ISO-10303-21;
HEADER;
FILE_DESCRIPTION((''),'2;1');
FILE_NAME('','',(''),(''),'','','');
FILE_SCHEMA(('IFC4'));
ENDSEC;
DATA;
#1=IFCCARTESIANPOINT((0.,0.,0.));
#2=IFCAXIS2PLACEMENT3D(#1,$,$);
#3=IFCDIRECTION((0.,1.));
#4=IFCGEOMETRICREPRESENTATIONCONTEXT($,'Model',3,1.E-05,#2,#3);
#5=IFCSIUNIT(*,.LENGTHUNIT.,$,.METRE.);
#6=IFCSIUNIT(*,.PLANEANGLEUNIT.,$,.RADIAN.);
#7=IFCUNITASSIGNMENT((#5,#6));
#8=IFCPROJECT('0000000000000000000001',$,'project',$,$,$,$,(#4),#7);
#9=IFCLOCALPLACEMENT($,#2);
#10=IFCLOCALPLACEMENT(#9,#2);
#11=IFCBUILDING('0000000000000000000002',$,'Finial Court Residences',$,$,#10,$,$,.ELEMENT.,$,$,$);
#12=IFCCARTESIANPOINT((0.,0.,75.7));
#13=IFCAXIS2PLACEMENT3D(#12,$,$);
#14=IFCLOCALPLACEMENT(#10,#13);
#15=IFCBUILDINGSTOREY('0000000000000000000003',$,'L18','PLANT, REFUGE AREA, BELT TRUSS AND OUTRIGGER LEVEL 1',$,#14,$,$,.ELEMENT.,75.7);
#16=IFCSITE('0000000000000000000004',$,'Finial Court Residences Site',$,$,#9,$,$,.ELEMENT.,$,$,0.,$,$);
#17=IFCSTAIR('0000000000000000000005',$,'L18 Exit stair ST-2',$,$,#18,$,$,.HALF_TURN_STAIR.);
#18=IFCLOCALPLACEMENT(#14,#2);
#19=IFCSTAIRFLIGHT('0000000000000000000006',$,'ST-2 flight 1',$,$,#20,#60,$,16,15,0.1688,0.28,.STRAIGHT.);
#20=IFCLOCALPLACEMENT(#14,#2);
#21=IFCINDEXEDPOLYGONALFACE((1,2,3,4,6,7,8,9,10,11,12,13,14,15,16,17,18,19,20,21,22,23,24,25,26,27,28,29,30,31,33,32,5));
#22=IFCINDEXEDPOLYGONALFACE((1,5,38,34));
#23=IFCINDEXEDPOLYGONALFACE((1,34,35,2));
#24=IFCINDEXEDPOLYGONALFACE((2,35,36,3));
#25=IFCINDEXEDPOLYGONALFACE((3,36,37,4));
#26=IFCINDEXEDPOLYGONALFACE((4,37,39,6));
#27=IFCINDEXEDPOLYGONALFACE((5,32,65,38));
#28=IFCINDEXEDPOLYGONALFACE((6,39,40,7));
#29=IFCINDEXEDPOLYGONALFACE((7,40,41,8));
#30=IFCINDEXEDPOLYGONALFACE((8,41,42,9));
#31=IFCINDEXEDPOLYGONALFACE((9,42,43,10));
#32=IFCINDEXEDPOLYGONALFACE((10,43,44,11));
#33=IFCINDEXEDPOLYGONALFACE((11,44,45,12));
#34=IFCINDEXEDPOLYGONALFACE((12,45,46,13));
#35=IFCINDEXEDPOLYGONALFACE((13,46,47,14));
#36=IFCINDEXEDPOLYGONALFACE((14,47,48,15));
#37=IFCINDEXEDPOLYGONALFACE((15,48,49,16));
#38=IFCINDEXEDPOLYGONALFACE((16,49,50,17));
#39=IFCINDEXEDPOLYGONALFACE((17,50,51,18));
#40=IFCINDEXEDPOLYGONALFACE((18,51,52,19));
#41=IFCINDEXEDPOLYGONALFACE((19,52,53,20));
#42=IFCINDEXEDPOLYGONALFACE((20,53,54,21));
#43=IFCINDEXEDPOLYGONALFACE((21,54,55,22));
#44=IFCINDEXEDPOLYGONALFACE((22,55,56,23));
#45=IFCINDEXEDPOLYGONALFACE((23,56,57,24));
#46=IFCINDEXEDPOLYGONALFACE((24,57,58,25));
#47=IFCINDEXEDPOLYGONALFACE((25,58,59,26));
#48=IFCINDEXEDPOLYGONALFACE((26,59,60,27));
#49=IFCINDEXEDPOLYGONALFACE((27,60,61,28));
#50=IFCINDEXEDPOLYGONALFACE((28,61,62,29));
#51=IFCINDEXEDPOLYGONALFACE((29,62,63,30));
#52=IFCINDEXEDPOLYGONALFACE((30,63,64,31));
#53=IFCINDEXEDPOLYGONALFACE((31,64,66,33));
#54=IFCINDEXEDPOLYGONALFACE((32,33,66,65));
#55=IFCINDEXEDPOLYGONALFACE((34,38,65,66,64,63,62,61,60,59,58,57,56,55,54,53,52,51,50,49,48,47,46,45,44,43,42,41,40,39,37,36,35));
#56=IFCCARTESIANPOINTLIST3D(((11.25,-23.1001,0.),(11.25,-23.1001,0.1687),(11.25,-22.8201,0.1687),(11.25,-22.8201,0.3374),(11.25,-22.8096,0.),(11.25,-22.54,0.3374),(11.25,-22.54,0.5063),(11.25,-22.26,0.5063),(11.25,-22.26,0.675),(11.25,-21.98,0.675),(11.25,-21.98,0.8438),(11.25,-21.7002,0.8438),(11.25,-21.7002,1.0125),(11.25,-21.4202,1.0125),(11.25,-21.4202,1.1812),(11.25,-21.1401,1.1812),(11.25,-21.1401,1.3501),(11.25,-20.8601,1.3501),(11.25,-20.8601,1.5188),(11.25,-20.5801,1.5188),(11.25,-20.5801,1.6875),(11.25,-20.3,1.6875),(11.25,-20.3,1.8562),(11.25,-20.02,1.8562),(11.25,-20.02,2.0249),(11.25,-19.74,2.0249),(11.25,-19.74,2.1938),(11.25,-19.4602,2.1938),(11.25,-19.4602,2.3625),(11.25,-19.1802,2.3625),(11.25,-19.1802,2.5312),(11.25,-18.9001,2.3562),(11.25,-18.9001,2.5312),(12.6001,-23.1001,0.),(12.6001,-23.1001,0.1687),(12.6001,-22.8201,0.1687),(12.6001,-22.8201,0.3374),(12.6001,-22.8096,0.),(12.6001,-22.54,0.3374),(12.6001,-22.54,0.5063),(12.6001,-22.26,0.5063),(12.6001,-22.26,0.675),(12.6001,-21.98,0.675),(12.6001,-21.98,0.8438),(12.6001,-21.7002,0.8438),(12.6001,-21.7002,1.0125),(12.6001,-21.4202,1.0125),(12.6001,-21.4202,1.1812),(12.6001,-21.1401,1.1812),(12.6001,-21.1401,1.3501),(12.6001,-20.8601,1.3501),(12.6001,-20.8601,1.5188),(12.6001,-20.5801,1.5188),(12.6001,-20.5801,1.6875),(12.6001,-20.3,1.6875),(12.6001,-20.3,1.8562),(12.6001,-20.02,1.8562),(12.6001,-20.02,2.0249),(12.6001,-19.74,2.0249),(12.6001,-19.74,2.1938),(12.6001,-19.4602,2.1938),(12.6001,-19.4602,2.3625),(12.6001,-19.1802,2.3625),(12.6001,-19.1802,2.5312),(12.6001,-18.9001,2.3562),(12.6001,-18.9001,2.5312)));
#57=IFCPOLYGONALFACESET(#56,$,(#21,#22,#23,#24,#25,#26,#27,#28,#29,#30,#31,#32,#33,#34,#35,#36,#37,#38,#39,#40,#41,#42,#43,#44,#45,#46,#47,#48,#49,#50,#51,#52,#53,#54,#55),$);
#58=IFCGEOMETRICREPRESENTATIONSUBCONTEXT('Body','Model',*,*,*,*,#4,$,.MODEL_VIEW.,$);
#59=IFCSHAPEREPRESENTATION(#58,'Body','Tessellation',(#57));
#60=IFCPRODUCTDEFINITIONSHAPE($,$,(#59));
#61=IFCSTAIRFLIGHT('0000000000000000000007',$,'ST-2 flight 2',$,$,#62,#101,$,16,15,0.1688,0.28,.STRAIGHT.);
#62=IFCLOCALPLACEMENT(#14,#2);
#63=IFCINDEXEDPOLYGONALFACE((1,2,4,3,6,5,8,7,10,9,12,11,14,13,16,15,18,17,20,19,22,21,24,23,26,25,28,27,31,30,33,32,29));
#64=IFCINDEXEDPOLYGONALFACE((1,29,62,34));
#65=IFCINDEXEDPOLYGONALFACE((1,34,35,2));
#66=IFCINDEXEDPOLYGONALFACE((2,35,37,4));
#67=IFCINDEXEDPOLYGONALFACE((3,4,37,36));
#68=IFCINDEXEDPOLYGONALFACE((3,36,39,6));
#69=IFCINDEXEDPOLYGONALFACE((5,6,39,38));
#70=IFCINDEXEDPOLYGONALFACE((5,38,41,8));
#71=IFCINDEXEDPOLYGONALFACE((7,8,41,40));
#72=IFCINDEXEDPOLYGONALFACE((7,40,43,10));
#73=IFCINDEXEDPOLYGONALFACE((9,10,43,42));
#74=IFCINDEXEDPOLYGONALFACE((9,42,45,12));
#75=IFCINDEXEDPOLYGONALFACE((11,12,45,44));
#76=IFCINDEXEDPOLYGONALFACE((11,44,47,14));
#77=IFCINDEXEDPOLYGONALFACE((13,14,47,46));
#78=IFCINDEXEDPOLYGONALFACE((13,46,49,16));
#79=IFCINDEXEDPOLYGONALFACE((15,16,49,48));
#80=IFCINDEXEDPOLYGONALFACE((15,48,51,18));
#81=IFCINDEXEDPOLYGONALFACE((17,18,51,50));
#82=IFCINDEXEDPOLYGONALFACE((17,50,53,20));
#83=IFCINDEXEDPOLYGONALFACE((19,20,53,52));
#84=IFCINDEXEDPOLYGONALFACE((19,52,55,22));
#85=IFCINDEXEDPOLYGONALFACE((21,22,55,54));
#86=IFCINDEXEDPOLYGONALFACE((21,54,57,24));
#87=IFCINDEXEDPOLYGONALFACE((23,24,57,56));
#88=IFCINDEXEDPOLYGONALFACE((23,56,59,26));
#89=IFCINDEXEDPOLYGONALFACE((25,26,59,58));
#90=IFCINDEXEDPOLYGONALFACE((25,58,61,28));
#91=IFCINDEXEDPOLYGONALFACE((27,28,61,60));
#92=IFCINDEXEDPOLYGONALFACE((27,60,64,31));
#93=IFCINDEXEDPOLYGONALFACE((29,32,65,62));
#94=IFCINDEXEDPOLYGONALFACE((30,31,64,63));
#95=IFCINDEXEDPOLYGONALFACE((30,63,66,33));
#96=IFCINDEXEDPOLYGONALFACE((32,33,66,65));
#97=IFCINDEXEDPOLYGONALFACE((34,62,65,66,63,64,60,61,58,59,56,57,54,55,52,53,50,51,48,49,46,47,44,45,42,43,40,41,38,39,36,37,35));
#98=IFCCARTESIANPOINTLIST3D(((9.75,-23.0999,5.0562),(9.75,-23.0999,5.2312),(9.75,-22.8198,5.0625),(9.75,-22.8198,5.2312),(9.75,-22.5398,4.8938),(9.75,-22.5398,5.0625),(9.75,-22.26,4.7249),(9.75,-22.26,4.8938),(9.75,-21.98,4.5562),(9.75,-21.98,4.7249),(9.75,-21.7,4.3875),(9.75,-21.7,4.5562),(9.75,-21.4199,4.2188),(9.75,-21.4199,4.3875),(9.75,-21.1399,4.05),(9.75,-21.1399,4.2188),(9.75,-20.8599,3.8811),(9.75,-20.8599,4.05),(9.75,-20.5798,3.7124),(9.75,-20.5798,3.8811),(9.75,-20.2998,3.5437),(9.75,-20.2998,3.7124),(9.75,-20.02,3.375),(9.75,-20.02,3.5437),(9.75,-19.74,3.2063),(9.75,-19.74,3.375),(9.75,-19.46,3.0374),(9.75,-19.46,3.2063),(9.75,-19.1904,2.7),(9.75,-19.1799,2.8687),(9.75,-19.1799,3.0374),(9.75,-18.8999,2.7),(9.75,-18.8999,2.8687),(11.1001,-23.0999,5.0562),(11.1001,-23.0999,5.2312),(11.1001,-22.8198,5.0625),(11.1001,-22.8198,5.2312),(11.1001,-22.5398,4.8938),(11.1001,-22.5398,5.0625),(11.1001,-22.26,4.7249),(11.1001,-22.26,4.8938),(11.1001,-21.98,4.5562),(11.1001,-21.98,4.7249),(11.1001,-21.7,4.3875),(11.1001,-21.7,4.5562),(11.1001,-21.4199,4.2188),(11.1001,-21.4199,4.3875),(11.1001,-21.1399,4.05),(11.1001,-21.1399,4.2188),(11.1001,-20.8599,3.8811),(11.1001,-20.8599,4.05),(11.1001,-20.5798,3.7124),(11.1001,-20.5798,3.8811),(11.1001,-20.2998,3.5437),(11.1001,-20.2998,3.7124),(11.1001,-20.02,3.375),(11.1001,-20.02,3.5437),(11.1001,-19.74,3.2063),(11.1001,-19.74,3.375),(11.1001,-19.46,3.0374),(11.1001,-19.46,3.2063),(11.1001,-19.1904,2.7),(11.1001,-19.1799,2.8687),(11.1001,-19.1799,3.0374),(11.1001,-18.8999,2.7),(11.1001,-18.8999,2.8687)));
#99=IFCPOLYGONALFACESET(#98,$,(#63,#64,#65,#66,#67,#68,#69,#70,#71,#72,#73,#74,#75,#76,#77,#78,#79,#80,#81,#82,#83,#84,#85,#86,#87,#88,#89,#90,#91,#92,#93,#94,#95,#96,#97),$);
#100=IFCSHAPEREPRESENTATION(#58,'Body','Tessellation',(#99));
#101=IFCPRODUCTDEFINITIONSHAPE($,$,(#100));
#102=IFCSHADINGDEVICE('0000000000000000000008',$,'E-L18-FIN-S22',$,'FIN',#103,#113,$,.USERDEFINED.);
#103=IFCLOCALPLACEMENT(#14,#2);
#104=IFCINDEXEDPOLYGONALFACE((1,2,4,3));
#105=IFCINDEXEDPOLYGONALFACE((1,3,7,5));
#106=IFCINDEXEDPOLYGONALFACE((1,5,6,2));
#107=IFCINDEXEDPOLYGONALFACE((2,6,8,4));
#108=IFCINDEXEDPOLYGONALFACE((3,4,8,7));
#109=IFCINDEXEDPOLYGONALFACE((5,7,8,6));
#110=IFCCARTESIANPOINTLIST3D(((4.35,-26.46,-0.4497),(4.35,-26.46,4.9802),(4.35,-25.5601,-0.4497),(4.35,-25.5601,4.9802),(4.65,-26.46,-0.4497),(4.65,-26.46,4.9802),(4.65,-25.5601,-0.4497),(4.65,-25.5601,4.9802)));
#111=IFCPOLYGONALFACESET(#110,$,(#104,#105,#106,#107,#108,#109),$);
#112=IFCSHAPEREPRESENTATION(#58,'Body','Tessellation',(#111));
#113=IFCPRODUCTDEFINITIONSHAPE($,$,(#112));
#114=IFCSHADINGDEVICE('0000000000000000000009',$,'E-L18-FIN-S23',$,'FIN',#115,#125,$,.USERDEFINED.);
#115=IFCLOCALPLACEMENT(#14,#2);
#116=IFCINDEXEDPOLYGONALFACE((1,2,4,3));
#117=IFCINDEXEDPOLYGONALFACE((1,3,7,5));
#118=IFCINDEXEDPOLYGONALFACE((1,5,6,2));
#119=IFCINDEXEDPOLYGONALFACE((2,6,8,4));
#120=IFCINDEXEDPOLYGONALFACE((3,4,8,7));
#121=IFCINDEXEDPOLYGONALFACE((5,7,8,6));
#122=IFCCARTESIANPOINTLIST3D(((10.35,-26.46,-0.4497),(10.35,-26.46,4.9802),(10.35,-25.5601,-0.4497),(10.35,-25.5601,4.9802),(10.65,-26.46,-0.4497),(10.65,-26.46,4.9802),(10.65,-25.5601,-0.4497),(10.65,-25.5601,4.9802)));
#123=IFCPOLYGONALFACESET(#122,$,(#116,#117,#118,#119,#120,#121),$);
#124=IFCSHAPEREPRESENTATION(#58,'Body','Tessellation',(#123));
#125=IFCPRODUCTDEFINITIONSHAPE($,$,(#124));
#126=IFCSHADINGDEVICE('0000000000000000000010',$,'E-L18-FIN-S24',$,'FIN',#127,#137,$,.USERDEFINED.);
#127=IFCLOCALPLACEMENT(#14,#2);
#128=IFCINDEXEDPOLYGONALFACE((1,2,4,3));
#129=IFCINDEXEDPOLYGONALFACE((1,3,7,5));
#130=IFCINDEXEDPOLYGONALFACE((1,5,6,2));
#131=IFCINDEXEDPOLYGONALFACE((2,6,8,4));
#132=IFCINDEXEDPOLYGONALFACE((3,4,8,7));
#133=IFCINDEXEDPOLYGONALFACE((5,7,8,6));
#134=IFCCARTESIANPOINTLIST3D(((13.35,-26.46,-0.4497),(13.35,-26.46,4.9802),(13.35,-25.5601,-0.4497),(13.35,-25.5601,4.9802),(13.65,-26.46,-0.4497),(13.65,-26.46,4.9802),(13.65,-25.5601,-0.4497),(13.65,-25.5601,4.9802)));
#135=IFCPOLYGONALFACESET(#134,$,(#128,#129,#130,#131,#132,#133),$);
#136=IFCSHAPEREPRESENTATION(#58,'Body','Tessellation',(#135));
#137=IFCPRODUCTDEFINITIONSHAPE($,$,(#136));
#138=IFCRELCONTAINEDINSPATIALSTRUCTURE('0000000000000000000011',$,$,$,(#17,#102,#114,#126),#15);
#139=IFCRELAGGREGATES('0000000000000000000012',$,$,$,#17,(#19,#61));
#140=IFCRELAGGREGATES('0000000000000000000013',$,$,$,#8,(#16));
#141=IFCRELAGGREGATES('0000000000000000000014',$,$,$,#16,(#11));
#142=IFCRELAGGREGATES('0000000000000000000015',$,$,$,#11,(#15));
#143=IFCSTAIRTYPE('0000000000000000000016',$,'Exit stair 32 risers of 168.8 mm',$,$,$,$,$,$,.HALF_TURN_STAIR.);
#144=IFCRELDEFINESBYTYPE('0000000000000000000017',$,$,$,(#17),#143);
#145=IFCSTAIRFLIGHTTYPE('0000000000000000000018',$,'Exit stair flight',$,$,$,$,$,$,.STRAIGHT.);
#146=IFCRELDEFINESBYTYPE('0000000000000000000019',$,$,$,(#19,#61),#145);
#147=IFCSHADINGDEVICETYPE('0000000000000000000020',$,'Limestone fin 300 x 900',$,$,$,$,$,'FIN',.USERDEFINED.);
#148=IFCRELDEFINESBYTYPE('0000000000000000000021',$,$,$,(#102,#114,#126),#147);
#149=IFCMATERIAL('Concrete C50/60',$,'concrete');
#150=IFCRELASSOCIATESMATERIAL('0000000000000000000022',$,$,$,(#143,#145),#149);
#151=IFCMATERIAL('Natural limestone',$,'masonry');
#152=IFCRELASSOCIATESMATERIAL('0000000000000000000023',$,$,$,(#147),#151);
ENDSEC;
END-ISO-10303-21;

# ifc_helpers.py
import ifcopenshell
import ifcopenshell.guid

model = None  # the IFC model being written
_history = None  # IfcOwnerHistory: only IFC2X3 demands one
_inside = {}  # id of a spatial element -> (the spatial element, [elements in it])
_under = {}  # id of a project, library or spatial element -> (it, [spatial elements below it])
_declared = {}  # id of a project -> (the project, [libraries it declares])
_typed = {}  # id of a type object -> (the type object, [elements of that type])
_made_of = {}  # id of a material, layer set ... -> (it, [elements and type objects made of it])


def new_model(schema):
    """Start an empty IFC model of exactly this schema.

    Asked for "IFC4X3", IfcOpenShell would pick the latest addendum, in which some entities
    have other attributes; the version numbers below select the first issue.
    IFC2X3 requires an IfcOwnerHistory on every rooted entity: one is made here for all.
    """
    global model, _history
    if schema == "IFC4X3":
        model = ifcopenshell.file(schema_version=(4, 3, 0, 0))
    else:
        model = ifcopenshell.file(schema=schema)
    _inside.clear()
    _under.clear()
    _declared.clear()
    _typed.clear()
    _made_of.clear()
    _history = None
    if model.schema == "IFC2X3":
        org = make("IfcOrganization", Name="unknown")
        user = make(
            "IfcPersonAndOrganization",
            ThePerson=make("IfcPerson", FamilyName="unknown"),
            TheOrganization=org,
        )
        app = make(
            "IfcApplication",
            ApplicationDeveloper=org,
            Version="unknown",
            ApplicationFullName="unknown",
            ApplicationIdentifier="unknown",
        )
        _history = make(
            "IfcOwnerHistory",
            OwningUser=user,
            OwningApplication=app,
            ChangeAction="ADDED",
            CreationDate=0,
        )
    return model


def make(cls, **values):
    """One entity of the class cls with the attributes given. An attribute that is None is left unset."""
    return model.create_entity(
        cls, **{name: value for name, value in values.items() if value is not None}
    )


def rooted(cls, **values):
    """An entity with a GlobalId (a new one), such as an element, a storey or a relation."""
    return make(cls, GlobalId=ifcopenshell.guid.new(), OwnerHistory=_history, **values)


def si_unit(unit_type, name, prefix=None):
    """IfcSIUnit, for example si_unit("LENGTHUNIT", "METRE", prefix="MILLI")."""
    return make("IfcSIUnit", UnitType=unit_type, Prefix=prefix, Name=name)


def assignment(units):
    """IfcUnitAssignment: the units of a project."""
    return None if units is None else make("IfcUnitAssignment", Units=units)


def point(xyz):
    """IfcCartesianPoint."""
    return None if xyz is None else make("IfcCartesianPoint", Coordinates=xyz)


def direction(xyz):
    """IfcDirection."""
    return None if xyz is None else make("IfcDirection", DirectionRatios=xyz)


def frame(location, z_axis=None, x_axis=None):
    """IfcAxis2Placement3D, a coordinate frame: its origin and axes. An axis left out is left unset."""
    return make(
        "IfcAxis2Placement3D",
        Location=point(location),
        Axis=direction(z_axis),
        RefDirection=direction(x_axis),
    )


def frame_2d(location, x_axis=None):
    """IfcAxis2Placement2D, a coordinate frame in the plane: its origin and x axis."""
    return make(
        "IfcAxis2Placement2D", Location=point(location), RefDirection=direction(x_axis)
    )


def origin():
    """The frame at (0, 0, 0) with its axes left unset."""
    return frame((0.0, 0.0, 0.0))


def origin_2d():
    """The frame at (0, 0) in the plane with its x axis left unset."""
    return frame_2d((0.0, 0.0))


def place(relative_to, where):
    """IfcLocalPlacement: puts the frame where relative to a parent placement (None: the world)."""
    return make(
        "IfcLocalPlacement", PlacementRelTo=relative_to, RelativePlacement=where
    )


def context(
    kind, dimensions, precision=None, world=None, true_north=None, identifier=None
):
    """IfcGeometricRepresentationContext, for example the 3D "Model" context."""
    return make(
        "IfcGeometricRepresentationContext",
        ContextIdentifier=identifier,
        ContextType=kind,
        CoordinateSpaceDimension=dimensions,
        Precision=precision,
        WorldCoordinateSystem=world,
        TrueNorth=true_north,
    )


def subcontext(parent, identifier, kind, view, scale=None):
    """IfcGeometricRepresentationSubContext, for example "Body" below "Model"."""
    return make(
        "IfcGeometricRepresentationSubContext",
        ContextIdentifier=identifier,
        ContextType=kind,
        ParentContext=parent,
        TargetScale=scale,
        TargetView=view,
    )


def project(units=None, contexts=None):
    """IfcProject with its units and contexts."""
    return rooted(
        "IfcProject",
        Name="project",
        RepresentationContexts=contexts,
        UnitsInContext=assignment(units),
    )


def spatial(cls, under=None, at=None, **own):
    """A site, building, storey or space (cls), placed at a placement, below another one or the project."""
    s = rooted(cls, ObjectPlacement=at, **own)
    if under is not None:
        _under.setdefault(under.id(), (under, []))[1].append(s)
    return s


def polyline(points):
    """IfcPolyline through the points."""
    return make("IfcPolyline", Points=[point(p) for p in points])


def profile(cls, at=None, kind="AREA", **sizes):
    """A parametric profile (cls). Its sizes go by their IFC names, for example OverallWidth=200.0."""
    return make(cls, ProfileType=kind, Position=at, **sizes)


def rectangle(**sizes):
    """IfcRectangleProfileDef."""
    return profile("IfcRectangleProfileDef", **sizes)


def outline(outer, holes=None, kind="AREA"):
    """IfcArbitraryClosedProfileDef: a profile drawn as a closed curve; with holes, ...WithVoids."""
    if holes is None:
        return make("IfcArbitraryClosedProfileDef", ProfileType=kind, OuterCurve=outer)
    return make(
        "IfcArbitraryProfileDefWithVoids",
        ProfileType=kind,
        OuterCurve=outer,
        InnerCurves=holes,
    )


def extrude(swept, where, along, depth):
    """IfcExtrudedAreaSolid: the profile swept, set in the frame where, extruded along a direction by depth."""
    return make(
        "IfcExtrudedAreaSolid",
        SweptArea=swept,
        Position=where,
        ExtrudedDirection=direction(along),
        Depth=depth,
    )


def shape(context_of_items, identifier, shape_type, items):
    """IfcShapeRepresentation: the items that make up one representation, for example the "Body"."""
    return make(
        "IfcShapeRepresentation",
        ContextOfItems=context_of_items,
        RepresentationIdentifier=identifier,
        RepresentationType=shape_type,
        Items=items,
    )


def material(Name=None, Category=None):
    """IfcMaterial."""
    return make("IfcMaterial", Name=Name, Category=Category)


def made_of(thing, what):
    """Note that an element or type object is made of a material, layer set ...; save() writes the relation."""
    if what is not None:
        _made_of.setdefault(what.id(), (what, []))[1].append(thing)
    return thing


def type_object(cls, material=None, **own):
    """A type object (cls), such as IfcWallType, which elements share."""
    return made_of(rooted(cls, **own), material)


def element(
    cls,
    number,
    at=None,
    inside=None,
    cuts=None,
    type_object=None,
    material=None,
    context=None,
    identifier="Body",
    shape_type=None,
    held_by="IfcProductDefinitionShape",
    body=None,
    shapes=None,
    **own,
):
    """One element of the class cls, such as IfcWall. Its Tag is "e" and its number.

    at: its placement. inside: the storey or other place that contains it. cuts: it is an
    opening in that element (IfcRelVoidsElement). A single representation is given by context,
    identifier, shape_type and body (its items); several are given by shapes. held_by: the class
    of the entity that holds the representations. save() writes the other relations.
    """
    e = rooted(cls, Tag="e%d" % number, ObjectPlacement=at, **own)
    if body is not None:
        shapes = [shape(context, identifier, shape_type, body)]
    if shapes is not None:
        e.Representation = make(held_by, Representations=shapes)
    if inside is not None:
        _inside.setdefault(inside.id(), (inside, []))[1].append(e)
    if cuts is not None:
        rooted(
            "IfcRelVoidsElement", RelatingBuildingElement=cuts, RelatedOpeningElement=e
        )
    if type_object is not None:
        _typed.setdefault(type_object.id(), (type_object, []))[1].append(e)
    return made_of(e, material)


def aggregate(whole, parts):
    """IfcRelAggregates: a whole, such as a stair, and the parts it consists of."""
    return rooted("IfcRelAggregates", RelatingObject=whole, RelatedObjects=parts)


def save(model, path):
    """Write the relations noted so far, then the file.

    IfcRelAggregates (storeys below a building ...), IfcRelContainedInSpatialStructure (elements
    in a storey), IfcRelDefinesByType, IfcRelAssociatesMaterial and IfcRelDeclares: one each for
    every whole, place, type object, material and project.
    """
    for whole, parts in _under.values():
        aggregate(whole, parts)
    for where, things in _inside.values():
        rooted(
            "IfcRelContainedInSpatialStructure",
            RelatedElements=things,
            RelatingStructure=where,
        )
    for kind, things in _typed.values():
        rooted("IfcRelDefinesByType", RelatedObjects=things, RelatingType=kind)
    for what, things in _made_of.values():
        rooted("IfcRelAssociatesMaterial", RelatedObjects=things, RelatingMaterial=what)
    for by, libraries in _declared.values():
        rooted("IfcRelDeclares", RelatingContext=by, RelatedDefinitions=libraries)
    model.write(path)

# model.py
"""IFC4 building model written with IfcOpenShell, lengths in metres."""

from ifc_helpers import new_model, si_unit, direction, frame, origin, origin_2d, place, context, subcontext, project, spatial, polyline, rectangle, outline, extrude, material, type_object, element, aggregate, save


model = new_model("IFC4")

# Units and contexts
model_context = context("Model", 3, precision=1e-05, world=origin(), true_north=direction((0.0, 1.0)))
body_context = subcontext(model_context, "Body", "Model", "MODEL_VIEW")
ifc_project = project(units=[si_unit("LENGTHUNIT", "METRE"), si_unit("PLANEANGLEUNIT", "RADIAN")], contexts=[model_context])

# Site, building, storey
site_placement = place(None, origin())
site = spatial("IfcSite", under=ifc_project, at=site_placement, Name="Finial Court Residences Site", CompositionType="ELEMENT", RefElevation=0.0)
building_placement = place(site_placement, origin())
building = spatial("IfcBuilding", under=site, at=building_placement, Name="Finial Court Residences", CompositionType="ELEMENT")
storey_placement = place(building_placement, frame((0.0, 0.0, 75.7)))
storey = spatial("IfcBuildingStorey", under=building, at=storey_placement, Name="L18", Description="PLANT, REFUGE AREA, BELT TRUSS AND OUTRIGGER LEVEL 1", CompositionType="ELEMENT", Elevation=75.7)

# Stair, stair flights
ifc_material_1 = material(Name="Concrete C50/60", Category="concrete")
stair_type = type_object("IfcStairType", Name="Exit stair 32 risers of 168.8 mm", PredefinedType="HALF_TURN_STAIR", material=ifc_material_1)
stair_placement = place(storey_placement, origin())
stair = element("IfcStair", 1, at=stair_placement, inside=storey, type_object=stair_type, Name="L18 Exit stair ST-2", PredefinedType="HALF_TURN_STAIR")
stair_flight_type = type_object("IfcStairFlightType", Name="Exit stair flight", PredefinedType="STRAIGHT", material=ifc_material_1)
stair_flight_1_placement = place(storey_placement, frame((11.925, -23.1001, 0.0), z_axis=(0.0, 0.0, 1.0), x_axis=(0.0, 1.0, 0.0)))
stair_flight_1 = element("IfcStairFlight", 2, at=stair_flight_1_placement, type_object=stair_flight_type, Name="ST-2 flight 1", NumberOfRisers=16, NumberOfTreads=15, PredefinedType="STRAIGHT", RiserHeight=0.1688, TreadLength=0.28, context=body_context, shape_type="SweptSolid", body=[
    extrude(outline(polyline([(0.0, 0.0), (0.0, 0.1687), (0.28, 0.1687), (0.28, 0.3374), (0.5601, 0.3374), (0.5601, 0.5063), (0.8401, 0.5063), (0.8401, 0.675), (1.1201, 0.675), (1.1201, 0.8438), (1.3999, 0.8438), (1.3999, 1.0125), (1.6799, 1.0125), (1.6799, 1.1812), (1.96, 1.1812), (1.96, 1.3501), (2.24, 1.3501), (2.24, 1.5188), (2.52, 1.5188), (2.52, 1.6875), (2.8, 1.6875), (2.8, 1.8562), (3.0801, 1.8562), (3.0801, 2.0249), (3.3601, 2.0249), (3.3601, 2.1938), (3.6399, 2.1938), (3.6399, 2.3625), (3.9199, 2.3625), (3.9199, 2.5312), (4.2, 2.5312), (4.2, 2.7), (4.2, 2.3562), (0.2905, 0.0), (0.0, 0.0)])), frame((0.0, 0.675, 0.0), z_axis=(0.0, -1.0, 0.0), x_axis=(1.0, 0.0, 0.0)), (0.0, 0.0, 1.0), 1.3501),
])
stair_flight_2_placement = place(storey_placement, frame((10.425, -18.8999, 2.7), z_axis=(0.0, 0.0, 1.0), x_axis=(0.0, -1.0, 0.0)))
stair_flight_2 = element("IfcStairFlight", 3, at=stair_flight_2_placement, type_object=stair_flight_type, Name="ST-2 flight 2", NumberOfRisers=16, NumberOfTreads=15, PredefinedType="STRAIGHT", RiserHeight=0.1688, TreadLength=0.28, context=body_context, shape_type="SweptSolid", body=[
    extrude(outline(polyline([(0.0, 0.0), (0.0, 0.1687), (0.28, 0.1687), (0.28, 0.3374), (0.5601, 0.3374), (0.5601, 0.5063), (0.8401, 0.5063), (0.8401, 0.675), (1.1201, 0.675), (1.1201, 0.8438), (1.3999, 0.8438), (1.3999, 1.0125), (1.6799, 1.0125), (1.6799, 1.1812), (1.96, 1.1812), (1.96, 1.3501), (2.24, 1.3501), (2.24, 1.5188), (2.52, 1.5188), (2.52, 1.6875), (2.8, 1.6875), (2.8, 1.8562), (3.0801, 1.8562), (3.0801, 2.0249), (3.3601, 2.0249), (3.3601, 2.1938), (3.6399, 2.1938), (3.6399, 2.3625), (3.9199, 2.3625), (3.9199, 2.5312), (4.2, 2.5312), (4.2, 2.7), (4.2, 2.3562), (0.2905, 0.0), (0.0, 0.0)])), frame((0.0, 0.675, 0.0), z_axis=(0.0, -1.0, 0.0), x_axis=(1.0, 0.0, 0.0)), (0.0, 0.0, 1.0), 1.3501),
])
aggregate(stair, [stair_flight_1, stair_flight_2])

# Shading devices
ifc_material_2 = material(Name="Natural limestone", Category="masonry")
shading_device_type = type_object("IfcShadingDeviceType", Name="Limestone fin 300 x 900", ElementType="FIN", PredefinedType="USERDEFINED", material=ifc_material_2)
for number, where, z_axis, x_axis, name in (
    (4, (4.5, -26.01, -0.4497), (0.0, 0.0, 1.0), (1.0, 0.0, 0.0), "E-L18-FIN-S22"),
    (5, (10.5, -26.01, -0.4497), (0.0, 0.0, 1.0), (1.0, 0.0, 0.0), "E-L18-FIN-S23"),
    (6, (13.5, -26.01, -0.4497), (0.0, 0.0, 1.0), (1.0, 0.0, 0.0), "E-L18-FIN-S24"),
):
    element("IfcShadingDevice", number, at=place(storey_placement, frame(where, z_axis=z_axis, x_axis=x_axis)), inside=storey, type_object=shading_device_type, Name=name, ObjectType="FIN", PredefinedType="USERDEFINED", context=body_context, shape_type="SweptSolid", body=[
        extrude(rectangle(XDim=0.3, YDim=0.8999, at=origin_2d()), origin(), (0.0, 0.0, 1.0), 5.4299),
    ])

save(model, "model.ifc")
